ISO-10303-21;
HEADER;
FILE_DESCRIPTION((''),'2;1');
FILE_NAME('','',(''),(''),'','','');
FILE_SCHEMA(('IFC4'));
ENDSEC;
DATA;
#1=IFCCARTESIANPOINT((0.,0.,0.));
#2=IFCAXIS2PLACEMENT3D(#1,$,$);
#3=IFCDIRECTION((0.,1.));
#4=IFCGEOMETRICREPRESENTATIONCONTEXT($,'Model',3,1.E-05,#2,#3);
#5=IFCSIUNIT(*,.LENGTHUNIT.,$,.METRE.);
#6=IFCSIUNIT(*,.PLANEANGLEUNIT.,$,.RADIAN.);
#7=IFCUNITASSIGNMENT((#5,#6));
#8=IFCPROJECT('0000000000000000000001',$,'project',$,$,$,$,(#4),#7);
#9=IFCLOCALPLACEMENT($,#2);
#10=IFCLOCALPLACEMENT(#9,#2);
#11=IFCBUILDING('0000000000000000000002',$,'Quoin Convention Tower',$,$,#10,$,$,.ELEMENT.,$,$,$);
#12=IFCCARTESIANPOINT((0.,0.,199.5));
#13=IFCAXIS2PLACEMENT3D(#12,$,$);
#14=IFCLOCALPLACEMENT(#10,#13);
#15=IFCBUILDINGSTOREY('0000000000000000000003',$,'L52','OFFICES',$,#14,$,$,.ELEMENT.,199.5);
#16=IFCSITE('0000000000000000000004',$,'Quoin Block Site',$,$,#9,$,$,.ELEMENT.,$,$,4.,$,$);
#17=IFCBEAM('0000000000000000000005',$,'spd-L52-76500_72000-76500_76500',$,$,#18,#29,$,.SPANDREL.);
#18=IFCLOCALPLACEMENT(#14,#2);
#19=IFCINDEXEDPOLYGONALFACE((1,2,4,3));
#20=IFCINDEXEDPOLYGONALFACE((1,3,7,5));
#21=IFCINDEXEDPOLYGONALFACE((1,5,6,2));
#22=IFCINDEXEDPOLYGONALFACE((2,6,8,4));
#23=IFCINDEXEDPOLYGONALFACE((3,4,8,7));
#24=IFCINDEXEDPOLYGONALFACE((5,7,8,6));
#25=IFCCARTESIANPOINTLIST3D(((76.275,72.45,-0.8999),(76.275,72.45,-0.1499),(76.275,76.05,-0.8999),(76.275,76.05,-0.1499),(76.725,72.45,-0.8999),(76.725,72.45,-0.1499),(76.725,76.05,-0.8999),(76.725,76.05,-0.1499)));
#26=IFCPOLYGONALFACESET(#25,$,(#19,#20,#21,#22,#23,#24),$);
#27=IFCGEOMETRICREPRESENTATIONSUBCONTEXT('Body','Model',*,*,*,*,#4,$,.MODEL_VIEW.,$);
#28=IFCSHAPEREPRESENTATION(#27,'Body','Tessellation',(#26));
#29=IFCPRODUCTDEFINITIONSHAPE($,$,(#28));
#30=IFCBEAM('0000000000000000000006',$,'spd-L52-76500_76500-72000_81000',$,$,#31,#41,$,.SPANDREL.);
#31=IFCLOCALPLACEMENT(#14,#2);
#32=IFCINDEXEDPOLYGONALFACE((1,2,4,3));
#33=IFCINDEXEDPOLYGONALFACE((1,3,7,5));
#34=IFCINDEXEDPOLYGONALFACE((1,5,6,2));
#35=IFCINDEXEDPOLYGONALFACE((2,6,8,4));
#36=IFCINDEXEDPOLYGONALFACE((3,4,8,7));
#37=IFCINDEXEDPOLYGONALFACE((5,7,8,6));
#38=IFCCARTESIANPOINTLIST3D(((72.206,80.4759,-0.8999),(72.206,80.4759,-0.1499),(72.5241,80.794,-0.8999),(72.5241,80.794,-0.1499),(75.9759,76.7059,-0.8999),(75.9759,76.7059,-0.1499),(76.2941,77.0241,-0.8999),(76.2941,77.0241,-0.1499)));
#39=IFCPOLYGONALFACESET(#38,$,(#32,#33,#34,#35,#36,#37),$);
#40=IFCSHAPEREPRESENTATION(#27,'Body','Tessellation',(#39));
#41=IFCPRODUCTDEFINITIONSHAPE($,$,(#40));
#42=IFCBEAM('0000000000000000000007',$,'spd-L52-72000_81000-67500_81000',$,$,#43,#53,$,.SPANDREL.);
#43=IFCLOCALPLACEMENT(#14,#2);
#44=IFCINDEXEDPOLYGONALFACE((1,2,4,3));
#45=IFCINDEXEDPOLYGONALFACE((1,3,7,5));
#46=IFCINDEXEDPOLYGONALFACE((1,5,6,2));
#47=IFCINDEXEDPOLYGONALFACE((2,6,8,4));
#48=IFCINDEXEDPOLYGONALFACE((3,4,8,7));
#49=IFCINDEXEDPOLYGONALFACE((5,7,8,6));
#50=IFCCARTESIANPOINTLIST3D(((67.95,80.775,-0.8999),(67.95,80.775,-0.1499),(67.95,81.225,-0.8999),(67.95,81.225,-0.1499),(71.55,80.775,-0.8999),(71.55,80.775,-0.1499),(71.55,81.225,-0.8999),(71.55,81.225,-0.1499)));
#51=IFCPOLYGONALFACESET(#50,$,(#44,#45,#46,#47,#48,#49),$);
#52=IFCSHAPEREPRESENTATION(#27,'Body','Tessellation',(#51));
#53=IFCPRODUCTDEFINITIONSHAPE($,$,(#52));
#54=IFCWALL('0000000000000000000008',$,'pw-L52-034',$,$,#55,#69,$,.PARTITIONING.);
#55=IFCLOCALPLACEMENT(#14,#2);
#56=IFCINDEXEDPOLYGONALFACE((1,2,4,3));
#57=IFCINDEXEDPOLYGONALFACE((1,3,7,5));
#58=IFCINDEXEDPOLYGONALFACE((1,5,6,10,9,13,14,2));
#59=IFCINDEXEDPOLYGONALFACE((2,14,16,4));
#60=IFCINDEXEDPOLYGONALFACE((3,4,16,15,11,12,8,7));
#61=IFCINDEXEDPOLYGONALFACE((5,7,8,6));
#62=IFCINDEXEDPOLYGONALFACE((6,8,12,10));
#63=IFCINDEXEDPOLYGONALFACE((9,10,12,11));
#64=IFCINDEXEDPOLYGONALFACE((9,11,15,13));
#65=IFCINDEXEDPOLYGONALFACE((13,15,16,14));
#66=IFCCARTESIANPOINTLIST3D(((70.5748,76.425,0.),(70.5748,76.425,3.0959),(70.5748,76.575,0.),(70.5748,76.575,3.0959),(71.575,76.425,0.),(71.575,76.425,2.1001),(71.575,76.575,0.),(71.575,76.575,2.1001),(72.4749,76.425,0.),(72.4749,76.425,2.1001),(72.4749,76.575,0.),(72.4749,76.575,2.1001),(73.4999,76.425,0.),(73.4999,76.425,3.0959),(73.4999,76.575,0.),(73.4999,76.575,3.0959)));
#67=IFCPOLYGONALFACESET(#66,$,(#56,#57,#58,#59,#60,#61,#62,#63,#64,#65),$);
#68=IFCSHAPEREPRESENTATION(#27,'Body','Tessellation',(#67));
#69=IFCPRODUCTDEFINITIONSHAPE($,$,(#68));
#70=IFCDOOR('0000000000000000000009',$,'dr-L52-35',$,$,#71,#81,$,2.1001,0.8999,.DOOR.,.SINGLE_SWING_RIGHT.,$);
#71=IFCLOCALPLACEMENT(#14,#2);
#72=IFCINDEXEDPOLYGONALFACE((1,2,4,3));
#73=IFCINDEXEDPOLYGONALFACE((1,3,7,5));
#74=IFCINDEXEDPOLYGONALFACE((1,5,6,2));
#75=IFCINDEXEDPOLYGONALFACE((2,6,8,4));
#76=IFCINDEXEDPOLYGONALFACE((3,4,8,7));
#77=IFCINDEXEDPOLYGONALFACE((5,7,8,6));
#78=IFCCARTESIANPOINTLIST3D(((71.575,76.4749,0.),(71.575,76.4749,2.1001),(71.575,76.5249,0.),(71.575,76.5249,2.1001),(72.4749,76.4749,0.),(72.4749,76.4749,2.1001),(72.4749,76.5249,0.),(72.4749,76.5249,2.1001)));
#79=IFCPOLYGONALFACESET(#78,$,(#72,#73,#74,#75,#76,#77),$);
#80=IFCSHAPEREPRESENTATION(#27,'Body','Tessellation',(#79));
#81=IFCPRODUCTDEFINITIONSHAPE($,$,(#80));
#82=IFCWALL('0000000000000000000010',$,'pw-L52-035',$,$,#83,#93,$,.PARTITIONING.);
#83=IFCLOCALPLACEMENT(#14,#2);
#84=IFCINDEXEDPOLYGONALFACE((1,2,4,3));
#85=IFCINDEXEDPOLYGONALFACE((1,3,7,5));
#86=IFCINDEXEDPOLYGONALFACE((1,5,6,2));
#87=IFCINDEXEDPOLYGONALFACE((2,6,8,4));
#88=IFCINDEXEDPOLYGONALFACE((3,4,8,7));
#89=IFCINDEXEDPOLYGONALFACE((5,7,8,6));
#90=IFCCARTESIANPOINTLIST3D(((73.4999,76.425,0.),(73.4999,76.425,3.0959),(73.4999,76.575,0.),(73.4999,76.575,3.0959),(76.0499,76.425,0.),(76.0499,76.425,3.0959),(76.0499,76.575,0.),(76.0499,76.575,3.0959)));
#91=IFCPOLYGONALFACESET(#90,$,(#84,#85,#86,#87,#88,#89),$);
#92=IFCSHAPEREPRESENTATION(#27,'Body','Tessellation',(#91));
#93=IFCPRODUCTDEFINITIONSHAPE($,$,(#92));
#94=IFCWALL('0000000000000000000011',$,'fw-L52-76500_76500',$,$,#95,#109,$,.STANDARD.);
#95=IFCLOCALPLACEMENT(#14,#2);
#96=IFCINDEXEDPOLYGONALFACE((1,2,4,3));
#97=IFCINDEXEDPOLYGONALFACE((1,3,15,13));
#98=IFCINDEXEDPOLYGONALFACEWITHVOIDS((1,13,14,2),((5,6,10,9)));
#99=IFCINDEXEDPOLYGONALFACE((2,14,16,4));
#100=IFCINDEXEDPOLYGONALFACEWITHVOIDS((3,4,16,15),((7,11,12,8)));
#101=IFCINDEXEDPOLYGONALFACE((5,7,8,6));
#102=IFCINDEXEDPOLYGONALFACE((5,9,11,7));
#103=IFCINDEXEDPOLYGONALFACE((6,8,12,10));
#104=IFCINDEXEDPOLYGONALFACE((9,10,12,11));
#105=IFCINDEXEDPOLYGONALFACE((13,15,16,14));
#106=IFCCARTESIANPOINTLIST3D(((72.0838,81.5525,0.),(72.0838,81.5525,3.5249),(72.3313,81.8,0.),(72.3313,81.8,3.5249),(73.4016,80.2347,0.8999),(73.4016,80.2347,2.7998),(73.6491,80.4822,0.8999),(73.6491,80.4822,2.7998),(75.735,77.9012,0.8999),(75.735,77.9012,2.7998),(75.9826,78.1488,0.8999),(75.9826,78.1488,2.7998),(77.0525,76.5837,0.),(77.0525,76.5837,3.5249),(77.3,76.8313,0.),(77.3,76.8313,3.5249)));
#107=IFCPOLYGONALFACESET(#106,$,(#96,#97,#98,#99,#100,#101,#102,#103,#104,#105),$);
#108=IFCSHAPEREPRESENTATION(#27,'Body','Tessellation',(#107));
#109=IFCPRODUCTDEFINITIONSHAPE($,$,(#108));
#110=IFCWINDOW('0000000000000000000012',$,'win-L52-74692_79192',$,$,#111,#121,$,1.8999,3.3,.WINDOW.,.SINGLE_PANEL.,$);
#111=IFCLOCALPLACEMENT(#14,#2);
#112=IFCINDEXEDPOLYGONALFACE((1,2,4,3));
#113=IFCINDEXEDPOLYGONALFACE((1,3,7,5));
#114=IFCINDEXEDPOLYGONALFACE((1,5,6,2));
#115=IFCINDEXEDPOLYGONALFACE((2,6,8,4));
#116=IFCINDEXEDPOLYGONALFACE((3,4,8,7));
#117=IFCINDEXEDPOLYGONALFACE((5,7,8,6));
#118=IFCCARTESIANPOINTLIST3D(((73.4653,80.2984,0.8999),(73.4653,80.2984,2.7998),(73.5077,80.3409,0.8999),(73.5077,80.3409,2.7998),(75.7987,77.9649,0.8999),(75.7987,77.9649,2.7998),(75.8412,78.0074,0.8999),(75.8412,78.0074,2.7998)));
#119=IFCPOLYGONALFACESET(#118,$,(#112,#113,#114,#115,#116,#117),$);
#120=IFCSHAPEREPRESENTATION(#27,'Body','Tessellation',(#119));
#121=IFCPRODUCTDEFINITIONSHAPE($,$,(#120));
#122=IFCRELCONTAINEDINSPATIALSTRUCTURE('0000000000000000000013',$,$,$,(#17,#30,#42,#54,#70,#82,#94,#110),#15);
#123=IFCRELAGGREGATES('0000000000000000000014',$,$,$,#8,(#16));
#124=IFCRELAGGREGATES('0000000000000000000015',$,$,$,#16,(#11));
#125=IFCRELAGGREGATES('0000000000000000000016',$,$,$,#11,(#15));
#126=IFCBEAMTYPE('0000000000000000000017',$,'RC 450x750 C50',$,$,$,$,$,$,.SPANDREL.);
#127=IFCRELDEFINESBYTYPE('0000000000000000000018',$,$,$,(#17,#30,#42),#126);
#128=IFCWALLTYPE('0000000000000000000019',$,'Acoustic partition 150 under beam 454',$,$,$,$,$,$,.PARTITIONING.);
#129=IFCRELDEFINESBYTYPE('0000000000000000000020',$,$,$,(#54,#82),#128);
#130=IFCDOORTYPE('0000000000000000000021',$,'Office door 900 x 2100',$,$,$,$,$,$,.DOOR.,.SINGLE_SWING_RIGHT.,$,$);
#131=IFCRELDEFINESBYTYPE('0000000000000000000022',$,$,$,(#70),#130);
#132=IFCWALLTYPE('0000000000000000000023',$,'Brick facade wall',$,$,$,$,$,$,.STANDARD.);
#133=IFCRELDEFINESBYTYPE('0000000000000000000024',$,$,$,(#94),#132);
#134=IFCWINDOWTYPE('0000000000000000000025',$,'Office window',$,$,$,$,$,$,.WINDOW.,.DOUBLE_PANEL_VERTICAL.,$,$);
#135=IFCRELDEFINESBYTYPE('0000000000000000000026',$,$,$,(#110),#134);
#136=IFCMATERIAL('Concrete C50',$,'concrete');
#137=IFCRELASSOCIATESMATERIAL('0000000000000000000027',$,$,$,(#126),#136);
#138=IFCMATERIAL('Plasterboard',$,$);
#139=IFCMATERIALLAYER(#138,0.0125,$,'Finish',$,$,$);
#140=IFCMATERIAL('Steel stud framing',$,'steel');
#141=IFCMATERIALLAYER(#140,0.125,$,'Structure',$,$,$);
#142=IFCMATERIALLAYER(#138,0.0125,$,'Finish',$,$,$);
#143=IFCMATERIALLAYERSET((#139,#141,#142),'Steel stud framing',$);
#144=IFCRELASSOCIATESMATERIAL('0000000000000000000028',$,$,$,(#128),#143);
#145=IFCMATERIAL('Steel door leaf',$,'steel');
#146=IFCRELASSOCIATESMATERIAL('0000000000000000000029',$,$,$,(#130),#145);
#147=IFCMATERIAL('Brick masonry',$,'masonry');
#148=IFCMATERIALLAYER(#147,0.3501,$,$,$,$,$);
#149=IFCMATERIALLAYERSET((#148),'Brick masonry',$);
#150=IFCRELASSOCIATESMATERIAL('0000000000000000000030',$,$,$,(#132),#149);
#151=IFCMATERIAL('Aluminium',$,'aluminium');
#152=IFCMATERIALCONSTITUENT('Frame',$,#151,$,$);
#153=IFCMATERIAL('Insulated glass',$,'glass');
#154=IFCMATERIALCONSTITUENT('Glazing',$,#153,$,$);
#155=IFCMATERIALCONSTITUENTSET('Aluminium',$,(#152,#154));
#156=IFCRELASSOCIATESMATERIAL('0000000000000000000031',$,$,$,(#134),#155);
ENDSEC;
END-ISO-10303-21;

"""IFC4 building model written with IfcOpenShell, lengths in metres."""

from ifc_helpers import new_model, si_unit, direction, frame, frame_2d, origin, origin_2d, place, context, subcontext, project, spatial, rectangle, extrude, material, layer, layer_set, constituent, constituent_set, material_profile, profile_set, type_object, element, fill, save


model = new_model("IFC4")

# Units and contexts
model_context = context("Model", 3, precision=1e-05, world=origin(), true_north=direction((0.0, 1.0)))
body_context = subcontext(model_context, "Body", "Model", "MODEL_VIEW")
ifc_project = project(units=[si_unit("LENGTHUNIT", "METRE"), si_unit("PLANEANGLEUNIT", "RADIAN")], contexts=[model_context])

# Site, building, storey
site_placement = place(None, origin())
site = spatial("IfcSite", under=ifc_project, at=site_placement, Name="Quoin Block Site", CompositionType="ELEMENT", RefElevation=4.0)
building_placement = place(site_placement, origin())
building = spatial("IfcBuilding", under=site, at=building_placement, Name="Quoin Convention Tower", CompositionType="ELEMENT")
storey_placement = place(building_placement, frame((0.0, 0.0, 199.5)))
storey = spatial("IfcBuildingStorey", under=building, at=storey_placement, Name="L52", Description="OFFICES", CompositionType="ELEMENT", Elevation=199.5)

# Shared definitions
ifc_material_1 = material(Name="Concrete C50", Category="concrete")

# Beams
ifc_material_profile_1 = material_profile(ifc_material_1, rectangle(XDim=0.45, YDim=0.75, at=origin_2d()), Name="RC 450x750")
ifc_profile_set_1 = profile_set([ifc_material_profile_1], Name="Concrete C50")
beam_type_1 = type_object("IfcBeamType", Name="RC 450x750 C50", PredefinedType="SPANDREL", material=ifc_profile_set_1)
beam_1_placement = place(storey_placement, frame((76.5, 72.45, -0.5249), z_axis=(0.0, 1.0, 0.0), x_axis=(-1.0, 0.0, 0.0)))
element("IfcBeam", 1, at=beam_1_placement, inside=storey, type_object=beam_type_1, Name="spd-L52-76500_72000-76500_76500", PredefinedType="SPANDREL", context=body_context, shape_type="SweptSolid", body=[
    extrude(rectangle(XDim=0.45, YDim=0.75, at=origin_2d()), origin(), (0.0, 0.0, 1.0), 3.6001),
])
beam_2_placement = place(storey_placement, frame((76.135, 76.865, -0.5249), z_axis=(-0.707107, 0.707107, 0.0), x_axis=(-0.707107, -0.707107, 0.0)))
element("IfcBeam", 2, at=beam_2_placement, inside=storey, type_object=beam_type_1, Name="spd-L52-76500_76500-72000_81000", PredefinedType="SPANDREL", context=body_context, shape_type="SweptSolid", body=[
    extrude(rectangle(XDim=0.45, YDim=0.75, at=origin_2d()), origin(), (0.0, 0.0, 1.0), 5.3315),
])
beam_3_placement = place(storey_placement, frame((71.55, 81.0, -0.5249), z_axis=(-1.0, 0.0, 0.0), x_axis=(0.0, -1.0, 0.0)))
element("IfcBeam", 3, at=beam_3_placement, inside=storey, type_object=beam_type_1, Name="spd-L52-72000_81000-67500_81000", PredefinedType="SPANDREL", context=body_context, shape_type="SweptSolid", body=[
    extrude(rectangle(XDim=0.45, YDim=0.75, at=origin_2d()), origin(), (0.0, 0.0, 1.0), 3.6001),
])

# Wall, opening, door
ifc_material_2 = material(Name="Plasterboard")
ifc_layer_1 = layer(ifc_material_2, 0.0125, Name="Finish")
ifc_material_3 = material(Name="Steel stud framing", Category="steel")
ifc_layer_2 = layer(ifc_material_3, 0.125, Name="Structure")
ifc_layer_3 = layer(ifc_material_2, 0.0125, Name="Finish")
ifc_layer_set_1 = layer_set([ifc_layer_1, ifc_layer_2, ifc_layer_3], Name="Steel stud framing")
wall_type_1 = type_object("IfcWallType", Name="Acoustic partition 150 under beam 454", PredefinedType="PARTITIONING", material=ifc_layer_set_1)
wall_1_placement = place(storey_placement, frame((70.575, 76.5, 0.0), z_axis=(0.0, 0.0, 1.0), x_axis=(1.0, 0.0, 0.0)))
wall_1 = element("IfcWall", 4, at=wall_1_placement, inside=storey, type_object=wall_type_1, Name="pw-L52-034", PredefinedType="PARTITIONING", context=body_context, shape_type="SweptSolid", body=[
    extrude(rectangle(XDim=2.925, YDim=0.1499, at=frame_2d((1.4624, 0.0))), origin(), (0.0, 0.0, 1.0), 3.0959),
])
opening_1_placement = place(wall_1_placement, frame((1.0, 0.0, 0.0)))
opening_1 = element("IfcOpeningElement", 5, at=opening_1_placement, cuts=wall_1, PredefinedType="OPENING", context=body_context, shape_type="SweptSolid", body=[
    extrude(rectangle(XDim=0.8999, YDim=2.1001, at=frame_2d((0.45, 1.05))), frame((0.0, 0.085, 0.0), z_axis=(0.0, -1.0, 0.0), x_axis=(1.0, 0.0, 0.0)), (0.0, 0.0, 1.0), 0.1699),
])
ifc_material_4 = material(Name="Steel door leaf", Category="steel")
door_type = type_object("IfcDoorType", Name="Office door 900 x 2100", OperationType="SINGLE_SWING_RIGHT", PredefinedType="DOOR", material=ifc_material_4)
door_1_placement = place(opening_1_placement, origin())
door_1 = element("IfcDoor", 6, at=door_1_placement, inside=storey, type_object=door_type, Name="dr-L52-35", OperationType="SINGLE_SWING_RIGHT", OverallHeight=2.1001, OverallWidth=0.8999, PredefinedType="DOOR", context=body_context, shape_type="SweptSolid", body=[
    extrude(rectangle(XDim=0.8999, YDim=2.1001, at=frame_2d((0.45, 1.05))), frame((0.0, 0.0249, 0.0), z_axis=(0.0, -1.0, 0.0), x_axis=(1.0, 0.0, 0.0)), (0.0, 0.0, 1.0), 0.05),
])
fill(opening_1, door_1)

# Wall
wall_2_placement = place(storey_placement, frame((73.5, 76.5, 0.0), z_axis=(0.0, 0.0, 1.0), x_axis=(1.0, 0.0, 0.0)))
element("IfcWall", 7, at=wall_2_placement, inside=storey, type_object=wall_type_1, Name="pw-L52-035", PredefinedType="PARTITIONING", context=body_context, shape_type="SweptSolid", body=[
    extrude(rectangle(XDim=2.55, YDim=0.1499, at=frame_2d((1.2749, 0.0))), origin(), (0.0, 0.0, 1.0), 3.0959),
])

# Wall, opening, window
ifc_material_5 = material(Name="Brick masonry", Category="masonry")
ifc_layer_4 = layer(ifc_material_5, 0.3501)
ifc_layer_set_2 = layer_set([ifc_layer_4], Name="Brick masonry")
wall_type_2 = type_object("IfcWallType", Name="Brick facade wall", PredefinedType="STANDARD", material=ifc_layer_set_2)
wall_3_placement = place(storey_placement, frame((77.1763, 76.7075, 0.0), z_axis=(0.0, 0.0, 1.0), x_axis=(-0.707107, 0.707107, 0.0)))
wall_3 = element("IfcWall", 8, at=wall_3_placement, inside=storey, type_object=wall_type_2, Name="fw-L52-76500_76500", PredefinedType="STANDARD", context=body_context, shape_type="SweptSolid", body=[
    extrude(rectangle(XDim=7.0269, YDim=0.3501, at=frame_2d((3.5134, 0.0))), origin(), (0.0, 0.0, 1.0), 3.5249),
])
opening_2_placement = place(wall_3_placement, frame((1.8633, 0.0, 0.8999)))
opening_2 = element("IfcOpeningElement", 9, at=opening_2_placement, cuts=wall_3, PredefinedType="OPENING", context=body_context, shape_type="SweptSolid", body=[
    extrude(rectangle(XDim=3.3, YDim=1.8999, at=frame_2d((1.6499, 0.95))), frame((0.0, 0.1851, 0.0), z_axis=(0.0, -1.0, 0.0), x_axis=(1.0, 0.0, 0.0)), (0.0, 0.0, 1.0), 0.3701),
])
ifc_material_6 = material(Name="Aluminium", Category="aluminium")
ifc_constituent_1 = constituent(ifc_material_6, Name="Frame")
ifc_material_7 = material(Name="Insulated glass", Category="glass")
ifc_constituent_2 = constituent(ifc_material_7, Name="Glazing")
ifc_constituent_set = constituent_set(constituents=[ifc_constituent_1, ifc_constituent_2], Name="Aluminium")
window_type = type_object("IfcWindowType", Name="Office window", PartitioningType="DOUBLE_PANEL_VERTICAL", PredefinedType="WINDOW", material=ifc_constituent_set)
window_1_placement = place(opening_2_placement, origin())
window_1 = element("IfcWindow", 10, at=window_1_placement, inside=storey, type_object=window_type, Name="win-L52-74692_79192", OverallHeight=1.8999, OverallWidth=3.3, PartitioningType="SINGLE_PANEL", PredefinedType="WINDOW", context=body_context, shape_type="SweptSolid", body=[
    extrude(rectangle(XDim=3.3, YDim=1.8999, at=frame_2d((1.6499, 0.95))), frame((0.0, 0.085, 0.0), z_axis=(0.0, -1.0, 0.0), x_axis=(1.0, 0.0, 0.0)), (0.0, 0.0, 1.0), 0.0601),
])
fill(opening_2, window_1)

save(model, "model.ifc")
